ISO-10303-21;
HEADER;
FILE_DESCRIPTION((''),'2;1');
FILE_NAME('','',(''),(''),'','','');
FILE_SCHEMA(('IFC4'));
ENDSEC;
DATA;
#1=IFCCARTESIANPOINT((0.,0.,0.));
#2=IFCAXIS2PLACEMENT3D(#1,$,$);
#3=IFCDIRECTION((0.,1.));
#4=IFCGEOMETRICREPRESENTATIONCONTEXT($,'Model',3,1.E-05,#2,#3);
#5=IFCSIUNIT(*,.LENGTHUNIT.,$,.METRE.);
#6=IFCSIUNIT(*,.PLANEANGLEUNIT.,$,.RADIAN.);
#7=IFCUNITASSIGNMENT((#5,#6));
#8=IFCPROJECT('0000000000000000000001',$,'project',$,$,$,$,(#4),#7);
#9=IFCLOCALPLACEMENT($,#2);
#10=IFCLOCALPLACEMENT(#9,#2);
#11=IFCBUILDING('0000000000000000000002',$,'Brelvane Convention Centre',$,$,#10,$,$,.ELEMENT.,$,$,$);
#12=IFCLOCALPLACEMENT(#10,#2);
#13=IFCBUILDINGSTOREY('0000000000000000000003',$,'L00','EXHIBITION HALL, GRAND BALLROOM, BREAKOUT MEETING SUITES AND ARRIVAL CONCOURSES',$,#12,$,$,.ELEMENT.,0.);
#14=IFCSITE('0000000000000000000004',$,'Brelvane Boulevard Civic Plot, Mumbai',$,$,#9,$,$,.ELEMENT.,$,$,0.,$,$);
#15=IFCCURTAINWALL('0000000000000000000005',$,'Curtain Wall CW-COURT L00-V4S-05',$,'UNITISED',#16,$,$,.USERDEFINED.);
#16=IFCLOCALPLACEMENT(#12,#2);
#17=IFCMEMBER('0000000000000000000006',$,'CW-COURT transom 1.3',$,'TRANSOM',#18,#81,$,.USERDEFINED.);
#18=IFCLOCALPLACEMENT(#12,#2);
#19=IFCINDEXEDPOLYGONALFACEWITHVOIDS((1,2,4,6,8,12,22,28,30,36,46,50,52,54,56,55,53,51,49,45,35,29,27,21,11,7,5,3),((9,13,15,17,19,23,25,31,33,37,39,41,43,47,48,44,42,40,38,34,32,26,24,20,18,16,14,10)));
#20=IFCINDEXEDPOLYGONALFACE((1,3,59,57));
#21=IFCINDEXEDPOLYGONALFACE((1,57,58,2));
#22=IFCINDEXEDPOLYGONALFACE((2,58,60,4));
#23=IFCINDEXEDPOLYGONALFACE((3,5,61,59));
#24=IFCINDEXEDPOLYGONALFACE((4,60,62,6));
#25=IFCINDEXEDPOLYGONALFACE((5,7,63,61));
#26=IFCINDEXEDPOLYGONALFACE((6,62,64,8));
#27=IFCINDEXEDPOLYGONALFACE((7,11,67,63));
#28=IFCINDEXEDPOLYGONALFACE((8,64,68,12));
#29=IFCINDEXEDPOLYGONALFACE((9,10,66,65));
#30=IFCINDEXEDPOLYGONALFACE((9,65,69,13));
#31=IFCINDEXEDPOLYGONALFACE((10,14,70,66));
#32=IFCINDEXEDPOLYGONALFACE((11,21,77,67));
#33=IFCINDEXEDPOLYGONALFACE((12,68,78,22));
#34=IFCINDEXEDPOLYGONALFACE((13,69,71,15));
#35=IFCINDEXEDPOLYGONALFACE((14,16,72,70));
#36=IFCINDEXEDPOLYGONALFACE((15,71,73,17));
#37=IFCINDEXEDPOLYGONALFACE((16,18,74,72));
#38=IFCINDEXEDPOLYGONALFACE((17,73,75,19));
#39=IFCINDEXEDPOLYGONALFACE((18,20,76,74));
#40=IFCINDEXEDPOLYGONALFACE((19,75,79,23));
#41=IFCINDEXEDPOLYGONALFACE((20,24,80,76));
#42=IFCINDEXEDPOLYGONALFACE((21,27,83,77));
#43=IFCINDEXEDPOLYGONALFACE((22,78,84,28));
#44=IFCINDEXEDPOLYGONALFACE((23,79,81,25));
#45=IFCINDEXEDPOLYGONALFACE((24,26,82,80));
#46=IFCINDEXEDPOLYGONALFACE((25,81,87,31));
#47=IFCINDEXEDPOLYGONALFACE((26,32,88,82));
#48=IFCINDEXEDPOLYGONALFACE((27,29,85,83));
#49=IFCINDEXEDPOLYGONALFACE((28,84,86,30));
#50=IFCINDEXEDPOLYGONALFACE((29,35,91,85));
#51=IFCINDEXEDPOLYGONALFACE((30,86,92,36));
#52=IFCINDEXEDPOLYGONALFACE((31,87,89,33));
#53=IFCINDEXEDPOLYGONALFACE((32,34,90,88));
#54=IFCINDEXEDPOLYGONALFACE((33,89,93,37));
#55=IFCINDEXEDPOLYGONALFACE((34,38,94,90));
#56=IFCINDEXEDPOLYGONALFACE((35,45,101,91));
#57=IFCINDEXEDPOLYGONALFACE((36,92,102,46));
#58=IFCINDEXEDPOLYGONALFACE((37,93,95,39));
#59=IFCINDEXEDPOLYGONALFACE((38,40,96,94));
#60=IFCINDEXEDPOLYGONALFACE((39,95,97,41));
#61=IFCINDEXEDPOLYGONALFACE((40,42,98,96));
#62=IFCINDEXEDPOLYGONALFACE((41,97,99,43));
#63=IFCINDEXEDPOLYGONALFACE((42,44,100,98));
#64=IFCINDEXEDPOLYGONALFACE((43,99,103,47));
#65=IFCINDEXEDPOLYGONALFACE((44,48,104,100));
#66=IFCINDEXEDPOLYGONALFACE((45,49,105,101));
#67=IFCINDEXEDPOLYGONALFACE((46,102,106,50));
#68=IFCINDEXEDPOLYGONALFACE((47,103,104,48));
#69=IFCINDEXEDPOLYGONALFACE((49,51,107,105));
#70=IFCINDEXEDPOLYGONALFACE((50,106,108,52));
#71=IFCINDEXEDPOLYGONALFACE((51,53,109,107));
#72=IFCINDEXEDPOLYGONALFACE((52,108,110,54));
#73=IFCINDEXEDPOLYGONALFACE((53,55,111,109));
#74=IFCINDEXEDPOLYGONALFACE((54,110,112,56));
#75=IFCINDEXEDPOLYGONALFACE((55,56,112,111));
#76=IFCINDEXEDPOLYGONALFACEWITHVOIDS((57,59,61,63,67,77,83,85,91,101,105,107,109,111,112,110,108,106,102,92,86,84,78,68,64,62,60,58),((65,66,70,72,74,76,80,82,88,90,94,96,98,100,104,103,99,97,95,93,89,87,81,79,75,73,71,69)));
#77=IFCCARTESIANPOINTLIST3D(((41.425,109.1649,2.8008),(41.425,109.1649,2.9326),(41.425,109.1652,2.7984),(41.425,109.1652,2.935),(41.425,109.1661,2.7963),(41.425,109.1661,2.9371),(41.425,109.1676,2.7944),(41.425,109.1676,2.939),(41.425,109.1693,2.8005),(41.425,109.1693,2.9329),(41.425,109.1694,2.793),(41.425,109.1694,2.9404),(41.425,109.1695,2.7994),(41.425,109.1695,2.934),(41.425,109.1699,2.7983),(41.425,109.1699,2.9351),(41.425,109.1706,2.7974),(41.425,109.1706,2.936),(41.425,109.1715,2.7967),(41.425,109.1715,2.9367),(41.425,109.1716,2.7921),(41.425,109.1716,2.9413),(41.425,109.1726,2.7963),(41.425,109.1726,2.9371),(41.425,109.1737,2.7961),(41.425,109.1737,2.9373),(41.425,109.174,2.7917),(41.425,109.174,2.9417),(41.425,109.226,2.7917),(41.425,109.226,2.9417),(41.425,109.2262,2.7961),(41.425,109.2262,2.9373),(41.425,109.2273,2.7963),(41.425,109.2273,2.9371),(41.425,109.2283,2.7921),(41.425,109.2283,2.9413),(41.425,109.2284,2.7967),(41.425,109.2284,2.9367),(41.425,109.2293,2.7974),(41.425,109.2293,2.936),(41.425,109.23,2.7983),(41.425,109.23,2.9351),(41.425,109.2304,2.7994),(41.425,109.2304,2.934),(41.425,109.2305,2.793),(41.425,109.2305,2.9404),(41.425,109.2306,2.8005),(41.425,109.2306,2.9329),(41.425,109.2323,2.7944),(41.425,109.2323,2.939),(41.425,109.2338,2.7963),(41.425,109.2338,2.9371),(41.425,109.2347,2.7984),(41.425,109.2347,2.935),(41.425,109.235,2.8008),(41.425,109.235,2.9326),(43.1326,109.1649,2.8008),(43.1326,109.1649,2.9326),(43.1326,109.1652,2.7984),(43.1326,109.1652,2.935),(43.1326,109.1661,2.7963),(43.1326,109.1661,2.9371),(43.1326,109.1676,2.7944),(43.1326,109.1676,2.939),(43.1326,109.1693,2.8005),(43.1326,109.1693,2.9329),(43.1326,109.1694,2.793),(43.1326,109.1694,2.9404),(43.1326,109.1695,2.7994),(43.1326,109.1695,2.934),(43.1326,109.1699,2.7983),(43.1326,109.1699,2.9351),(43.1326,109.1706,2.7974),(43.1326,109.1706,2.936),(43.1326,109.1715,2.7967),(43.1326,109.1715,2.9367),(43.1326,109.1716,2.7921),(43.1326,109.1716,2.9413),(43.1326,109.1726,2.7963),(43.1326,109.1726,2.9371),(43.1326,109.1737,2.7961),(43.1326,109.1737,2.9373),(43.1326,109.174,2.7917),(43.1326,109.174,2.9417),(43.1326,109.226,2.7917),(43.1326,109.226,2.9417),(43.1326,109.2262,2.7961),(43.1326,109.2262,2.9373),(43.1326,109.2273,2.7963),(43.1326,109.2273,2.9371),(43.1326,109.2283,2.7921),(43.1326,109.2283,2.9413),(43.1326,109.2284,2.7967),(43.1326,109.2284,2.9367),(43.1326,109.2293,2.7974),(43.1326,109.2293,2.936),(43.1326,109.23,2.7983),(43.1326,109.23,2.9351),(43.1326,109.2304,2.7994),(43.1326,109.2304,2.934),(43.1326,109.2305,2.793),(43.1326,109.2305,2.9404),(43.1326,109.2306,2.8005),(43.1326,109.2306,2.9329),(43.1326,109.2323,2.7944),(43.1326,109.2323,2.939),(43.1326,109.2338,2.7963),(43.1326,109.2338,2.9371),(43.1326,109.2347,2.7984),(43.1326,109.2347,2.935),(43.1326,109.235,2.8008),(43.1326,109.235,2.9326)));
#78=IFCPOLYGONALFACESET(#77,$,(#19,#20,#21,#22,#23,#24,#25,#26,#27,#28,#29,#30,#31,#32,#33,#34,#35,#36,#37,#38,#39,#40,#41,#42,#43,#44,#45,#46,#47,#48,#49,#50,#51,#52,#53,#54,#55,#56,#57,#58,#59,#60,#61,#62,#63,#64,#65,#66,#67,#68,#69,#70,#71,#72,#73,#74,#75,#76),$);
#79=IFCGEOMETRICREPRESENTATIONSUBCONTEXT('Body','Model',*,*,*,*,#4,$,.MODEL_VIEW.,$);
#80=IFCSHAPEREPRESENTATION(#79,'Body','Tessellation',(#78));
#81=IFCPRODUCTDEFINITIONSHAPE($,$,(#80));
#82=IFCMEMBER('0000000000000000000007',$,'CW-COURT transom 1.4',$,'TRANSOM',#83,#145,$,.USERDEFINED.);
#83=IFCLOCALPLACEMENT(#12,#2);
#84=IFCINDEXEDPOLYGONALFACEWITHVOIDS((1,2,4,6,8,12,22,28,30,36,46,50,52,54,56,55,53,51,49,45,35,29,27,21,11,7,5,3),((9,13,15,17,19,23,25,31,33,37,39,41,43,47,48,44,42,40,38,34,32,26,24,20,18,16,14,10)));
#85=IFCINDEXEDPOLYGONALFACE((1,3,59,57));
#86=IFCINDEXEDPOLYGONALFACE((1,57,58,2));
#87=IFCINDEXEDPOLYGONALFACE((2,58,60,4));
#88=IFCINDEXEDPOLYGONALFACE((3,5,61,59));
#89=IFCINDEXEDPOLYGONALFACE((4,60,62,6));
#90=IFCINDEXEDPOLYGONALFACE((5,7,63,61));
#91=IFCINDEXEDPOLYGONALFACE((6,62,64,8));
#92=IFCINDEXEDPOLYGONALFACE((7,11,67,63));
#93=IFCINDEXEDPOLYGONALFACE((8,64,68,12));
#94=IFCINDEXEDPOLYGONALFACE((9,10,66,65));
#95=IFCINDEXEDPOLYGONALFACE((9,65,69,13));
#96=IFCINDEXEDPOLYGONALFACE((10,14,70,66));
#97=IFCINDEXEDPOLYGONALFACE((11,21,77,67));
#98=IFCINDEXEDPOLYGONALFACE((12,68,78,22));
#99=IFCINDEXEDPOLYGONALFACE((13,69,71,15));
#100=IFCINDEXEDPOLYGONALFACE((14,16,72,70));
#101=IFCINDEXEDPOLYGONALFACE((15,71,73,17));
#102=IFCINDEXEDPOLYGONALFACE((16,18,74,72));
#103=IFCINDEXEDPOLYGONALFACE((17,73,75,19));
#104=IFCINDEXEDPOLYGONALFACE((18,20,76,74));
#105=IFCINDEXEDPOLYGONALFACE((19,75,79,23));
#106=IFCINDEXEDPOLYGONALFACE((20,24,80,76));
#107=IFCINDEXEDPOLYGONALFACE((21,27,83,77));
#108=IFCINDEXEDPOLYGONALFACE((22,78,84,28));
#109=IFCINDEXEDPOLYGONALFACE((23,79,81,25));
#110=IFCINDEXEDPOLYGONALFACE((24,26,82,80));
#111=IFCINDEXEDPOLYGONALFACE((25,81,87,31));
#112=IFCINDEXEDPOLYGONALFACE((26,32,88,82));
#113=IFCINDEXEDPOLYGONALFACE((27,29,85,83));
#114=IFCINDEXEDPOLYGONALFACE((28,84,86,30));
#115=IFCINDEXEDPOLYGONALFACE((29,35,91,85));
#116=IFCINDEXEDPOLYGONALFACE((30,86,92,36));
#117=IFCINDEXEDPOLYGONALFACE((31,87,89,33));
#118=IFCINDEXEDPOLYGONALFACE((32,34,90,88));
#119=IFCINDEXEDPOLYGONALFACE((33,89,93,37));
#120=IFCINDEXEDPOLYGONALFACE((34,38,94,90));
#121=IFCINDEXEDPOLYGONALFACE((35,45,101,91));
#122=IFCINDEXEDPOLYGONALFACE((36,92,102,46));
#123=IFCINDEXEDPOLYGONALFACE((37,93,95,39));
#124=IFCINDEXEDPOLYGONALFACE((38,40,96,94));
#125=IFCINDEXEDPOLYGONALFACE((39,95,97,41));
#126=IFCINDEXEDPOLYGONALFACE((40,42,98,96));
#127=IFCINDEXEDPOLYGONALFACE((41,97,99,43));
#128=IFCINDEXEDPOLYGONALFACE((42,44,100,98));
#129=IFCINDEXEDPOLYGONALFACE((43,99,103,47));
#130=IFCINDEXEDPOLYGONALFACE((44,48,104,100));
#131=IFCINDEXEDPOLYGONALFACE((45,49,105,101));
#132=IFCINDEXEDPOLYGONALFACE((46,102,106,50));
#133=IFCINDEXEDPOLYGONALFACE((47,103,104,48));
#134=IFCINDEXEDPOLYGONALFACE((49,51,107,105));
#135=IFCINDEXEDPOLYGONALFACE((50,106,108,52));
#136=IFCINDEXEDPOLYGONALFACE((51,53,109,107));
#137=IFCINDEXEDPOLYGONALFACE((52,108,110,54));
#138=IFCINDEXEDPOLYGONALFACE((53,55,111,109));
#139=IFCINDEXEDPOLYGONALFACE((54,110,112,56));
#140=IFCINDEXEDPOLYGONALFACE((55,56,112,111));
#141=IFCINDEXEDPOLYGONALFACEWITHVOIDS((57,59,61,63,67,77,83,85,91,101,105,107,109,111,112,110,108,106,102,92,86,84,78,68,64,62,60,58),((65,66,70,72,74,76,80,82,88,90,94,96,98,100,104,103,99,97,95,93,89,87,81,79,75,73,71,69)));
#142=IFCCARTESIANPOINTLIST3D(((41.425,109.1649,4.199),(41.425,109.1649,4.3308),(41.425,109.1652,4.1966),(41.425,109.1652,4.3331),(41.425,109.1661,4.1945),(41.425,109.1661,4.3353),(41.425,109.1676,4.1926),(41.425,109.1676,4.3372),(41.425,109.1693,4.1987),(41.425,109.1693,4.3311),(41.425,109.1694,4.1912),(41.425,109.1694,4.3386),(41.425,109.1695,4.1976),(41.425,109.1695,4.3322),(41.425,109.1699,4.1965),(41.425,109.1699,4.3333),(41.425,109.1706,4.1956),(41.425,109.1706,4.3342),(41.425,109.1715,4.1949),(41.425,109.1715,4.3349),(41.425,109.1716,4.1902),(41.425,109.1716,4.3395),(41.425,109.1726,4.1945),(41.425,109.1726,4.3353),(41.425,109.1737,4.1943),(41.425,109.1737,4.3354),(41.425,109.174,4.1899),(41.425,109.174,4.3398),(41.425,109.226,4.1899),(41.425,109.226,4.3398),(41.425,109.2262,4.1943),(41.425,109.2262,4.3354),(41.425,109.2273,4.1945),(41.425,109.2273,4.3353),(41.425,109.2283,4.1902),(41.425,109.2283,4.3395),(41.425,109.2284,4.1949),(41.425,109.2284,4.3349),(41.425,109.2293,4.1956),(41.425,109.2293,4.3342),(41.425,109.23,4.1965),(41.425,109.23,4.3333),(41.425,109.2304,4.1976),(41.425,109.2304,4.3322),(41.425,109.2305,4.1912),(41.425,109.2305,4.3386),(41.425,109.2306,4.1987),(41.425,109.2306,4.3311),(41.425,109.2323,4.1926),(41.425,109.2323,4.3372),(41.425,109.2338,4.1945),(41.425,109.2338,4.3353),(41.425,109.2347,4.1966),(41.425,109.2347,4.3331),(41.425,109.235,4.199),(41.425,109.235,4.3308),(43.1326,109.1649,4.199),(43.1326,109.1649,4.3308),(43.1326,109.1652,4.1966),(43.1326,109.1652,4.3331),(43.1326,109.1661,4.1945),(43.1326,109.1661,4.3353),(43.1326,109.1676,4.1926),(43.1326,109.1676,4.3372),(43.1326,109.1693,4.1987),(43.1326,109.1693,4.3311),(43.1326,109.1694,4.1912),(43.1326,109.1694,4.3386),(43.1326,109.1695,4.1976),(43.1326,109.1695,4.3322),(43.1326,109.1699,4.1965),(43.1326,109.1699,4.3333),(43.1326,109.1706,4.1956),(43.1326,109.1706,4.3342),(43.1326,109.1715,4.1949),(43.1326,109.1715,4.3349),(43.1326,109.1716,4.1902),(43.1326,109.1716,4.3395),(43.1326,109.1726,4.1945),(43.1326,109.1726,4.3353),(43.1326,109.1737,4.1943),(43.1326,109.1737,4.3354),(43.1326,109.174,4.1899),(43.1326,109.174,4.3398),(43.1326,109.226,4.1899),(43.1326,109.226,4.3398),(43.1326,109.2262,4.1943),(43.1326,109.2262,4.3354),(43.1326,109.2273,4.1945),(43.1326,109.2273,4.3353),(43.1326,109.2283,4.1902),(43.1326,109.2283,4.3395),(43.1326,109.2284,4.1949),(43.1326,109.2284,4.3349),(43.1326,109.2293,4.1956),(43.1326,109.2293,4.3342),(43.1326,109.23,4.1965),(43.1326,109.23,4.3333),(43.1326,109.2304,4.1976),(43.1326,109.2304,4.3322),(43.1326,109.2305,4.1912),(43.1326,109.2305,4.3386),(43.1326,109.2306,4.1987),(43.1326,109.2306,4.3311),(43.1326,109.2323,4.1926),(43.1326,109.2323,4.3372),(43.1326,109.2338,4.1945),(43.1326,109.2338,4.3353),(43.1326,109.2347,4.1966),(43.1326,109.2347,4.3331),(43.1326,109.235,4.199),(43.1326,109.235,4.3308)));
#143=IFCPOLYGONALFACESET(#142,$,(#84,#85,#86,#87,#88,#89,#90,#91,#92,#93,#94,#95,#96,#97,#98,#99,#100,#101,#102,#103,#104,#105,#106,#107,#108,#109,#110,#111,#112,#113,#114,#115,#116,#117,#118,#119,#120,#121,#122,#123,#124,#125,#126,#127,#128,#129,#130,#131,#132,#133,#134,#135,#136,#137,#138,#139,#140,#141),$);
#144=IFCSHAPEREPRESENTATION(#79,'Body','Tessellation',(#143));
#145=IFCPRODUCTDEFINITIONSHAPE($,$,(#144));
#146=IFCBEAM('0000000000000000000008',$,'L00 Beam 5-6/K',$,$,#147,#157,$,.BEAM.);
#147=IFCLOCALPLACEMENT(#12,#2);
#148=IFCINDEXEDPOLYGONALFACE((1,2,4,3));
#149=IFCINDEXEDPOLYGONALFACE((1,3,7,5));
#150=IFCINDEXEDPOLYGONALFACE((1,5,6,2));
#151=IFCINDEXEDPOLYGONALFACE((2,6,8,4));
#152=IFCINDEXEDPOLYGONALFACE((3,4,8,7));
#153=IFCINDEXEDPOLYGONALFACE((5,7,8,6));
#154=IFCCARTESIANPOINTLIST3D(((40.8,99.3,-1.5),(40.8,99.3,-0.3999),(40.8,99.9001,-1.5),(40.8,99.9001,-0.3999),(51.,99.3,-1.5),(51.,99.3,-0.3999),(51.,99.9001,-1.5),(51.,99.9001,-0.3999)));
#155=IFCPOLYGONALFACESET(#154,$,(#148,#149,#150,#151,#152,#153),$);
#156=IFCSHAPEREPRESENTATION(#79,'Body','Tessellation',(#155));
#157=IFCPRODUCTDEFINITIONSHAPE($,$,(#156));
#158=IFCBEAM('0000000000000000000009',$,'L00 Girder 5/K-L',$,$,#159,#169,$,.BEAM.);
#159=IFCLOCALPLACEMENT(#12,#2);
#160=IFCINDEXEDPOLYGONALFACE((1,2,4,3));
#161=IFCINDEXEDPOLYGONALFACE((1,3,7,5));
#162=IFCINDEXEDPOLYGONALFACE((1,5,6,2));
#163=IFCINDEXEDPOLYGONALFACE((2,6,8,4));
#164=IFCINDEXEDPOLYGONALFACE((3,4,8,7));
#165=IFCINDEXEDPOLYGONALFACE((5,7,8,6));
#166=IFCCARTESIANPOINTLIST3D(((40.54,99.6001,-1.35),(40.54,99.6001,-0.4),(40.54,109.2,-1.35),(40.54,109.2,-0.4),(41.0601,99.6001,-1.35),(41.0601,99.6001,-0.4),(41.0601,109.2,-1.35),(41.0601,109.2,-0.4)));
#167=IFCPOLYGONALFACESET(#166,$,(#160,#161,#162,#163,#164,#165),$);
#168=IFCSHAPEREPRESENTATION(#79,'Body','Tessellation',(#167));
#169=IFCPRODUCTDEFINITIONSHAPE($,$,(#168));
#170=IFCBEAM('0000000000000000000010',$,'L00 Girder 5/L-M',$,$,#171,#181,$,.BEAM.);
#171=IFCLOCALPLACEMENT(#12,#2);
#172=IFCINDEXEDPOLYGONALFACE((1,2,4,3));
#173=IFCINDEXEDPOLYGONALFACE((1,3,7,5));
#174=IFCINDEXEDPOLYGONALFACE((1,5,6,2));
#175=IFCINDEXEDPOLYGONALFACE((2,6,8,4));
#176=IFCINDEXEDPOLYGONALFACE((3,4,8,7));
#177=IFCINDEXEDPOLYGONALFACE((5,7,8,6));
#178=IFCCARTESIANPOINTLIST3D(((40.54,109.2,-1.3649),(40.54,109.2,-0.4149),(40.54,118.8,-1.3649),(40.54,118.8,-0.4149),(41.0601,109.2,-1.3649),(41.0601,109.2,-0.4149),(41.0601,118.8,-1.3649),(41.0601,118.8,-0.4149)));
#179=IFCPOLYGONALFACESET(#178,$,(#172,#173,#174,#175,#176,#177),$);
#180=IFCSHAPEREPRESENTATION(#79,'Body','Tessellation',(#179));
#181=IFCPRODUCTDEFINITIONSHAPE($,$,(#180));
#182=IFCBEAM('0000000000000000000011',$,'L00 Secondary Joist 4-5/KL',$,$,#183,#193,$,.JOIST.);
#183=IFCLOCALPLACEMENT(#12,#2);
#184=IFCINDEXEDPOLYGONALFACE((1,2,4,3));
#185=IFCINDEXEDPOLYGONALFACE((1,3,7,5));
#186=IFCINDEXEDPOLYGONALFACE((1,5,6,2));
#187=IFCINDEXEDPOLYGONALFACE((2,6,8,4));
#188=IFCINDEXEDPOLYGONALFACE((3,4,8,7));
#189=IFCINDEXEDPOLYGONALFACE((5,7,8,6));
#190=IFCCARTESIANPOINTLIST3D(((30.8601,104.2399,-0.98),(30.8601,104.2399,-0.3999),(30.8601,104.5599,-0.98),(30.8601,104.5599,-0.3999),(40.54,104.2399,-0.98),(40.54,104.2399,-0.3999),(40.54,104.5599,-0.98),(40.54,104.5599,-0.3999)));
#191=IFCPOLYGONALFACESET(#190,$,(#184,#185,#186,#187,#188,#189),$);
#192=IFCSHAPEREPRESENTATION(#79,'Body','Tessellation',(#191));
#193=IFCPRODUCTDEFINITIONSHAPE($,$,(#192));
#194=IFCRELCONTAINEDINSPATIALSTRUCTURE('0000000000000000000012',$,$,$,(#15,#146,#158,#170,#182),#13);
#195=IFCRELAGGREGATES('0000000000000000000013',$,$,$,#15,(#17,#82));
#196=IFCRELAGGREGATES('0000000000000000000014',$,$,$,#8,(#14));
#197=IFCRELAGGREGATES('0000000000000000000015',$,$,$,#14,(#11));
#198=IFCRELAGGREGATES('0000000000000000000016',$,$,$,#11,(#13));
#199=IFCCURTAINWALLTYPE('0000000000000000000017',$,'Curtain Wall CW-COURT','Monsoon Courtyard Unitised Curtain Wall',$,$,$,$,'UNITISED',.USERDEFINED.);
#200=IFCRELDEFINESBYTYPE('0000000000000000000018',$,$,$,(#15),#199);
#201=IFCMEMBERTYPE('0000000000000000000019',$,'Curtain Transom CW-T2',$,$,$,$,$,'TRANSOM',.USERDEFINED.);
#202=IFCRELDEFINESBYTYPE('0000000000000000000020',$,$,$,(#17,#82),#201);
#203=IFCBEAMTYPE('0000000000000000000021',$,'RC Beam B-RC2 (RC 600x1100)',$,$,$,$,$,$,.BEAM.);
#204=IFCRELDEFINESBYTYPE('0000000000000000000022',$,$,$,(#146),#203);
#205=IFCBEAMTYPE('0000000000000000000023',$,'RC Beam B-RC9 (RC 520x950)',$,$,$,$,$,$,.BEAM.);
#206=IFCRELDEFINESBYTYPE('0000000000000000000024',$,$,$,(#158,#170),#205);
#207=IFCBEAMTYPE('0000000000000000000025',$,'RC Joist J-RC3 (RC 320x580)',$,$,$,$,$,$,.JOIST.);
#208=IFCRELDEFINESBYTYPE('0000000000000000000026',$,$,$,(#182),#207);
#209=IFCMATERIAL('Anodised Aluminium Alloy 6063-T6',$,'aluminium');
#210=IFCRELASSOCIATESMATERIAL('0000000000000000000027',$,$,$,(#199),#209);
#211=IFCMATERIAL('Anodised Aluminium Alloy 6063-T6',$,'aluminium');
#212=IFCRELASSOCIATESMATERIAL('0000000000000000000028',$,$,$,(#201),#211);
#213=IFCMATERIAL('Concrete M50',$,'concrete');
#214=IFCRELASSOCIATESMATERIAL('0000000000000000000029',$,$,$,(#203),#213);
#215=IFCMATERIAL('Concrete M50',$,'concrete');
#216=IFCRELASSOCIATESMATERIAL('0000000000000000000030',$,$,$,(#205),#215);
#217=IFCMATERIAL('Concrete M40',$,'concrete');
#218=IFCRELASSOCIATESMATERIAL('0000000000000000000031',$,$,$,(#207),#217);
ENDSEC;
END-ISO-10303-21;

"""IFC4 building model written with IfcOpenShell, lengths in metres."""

from ifc_helpers import new_model, si_unit, direction, frame, origin, origin_2d, place, context, subcontext, project, spatial, rectangle, hollow_rectangle, extrude, material, material_profile, profile_set, type_object, element, aggregate, save


model = new_model("IFC4")

# Units and contexts
model_context = context("Model", 3, precision=1e-05, world=origin(), true_north=direction((0.0, 1.0)))
body_context = subcontext(model_context, "Body", "Model", "MODEL_VIEW")
ifc_project = project(units=[si_unit("LENGTHUNIT", "METRE"), si_unit("PLANEANGLEUNIT", "RADIAN")], contexts=[model_context])

# Site, building, storey
site_placement = place(None, origin())
site = spatial("IfcSite", under=ifc_project, at=site_placement, Name="Brelvane Boulevard Civic Plot, Mumbai", CompositionType="ELEMENT", RefElevation=0.0)
building_placement = place(site_placement, origin())
building = spatial("IfcBuilding", under=site, at=building_placement, Name="Brelvane Convention Centre", CompositionType="ELEMENT")
storey_placement = place(building_placement, origin())
storey = spatial("IfcBuildingStorey", under=building, at=storey_placement, Name="L00", Description="EXHIBITION HALL, GRAND BALLROOM, BREAKOUT MEETING SUITES AND ARRIVAL CONCOURSES", CompositionType="ELEMENT", Elevation=0.0)

# Curtain wall, members
ifc_material_1 = material(Name="Anodised Aluminium Alloy 6063-T6", Category="aluminium")
curtain_wall_type = type_object("IfcCurtainWallType", Name="Curtain Wall CW-COURT", Description="Monsoon Courtyard Unitised Curtain Wall", ElementType="UNITISED", PredefinedType="USERDEFINED", material=ifc_material_1)
curtain_wall_placement = place(storey_placement, origin())
curtain_wall = element("IfcCurtainWall", 1, at=curtain_wall_placement, inside=storey, type_object=curtain_wall_type, Name="Curtain Wall CW-COURT L00-V4S-05", ObjectType="UNITISED", PredefinedType="USERDEFINED")
ifc_material_2 = material(Name="Anodised Aluminium Alloy 6063-T6", Category="aluminium")
ifc_material_profile_1 = material_profile(ifc_material_2, hollow_rectangle(XDim=0.0701, YDim=0.1499, WallThickness=0.0044, InnerFilletRadius=0.0044, OuterFilletRadius=0.009, at=origin_2d()), Name="ALU-T 150x70x4.5")
ifc_profile_set_1 = profile_set([ifc_material_profile_1], Name="Anodised Aluminium Alloy 6063-T6")
member_type_1 = type_object("IfcMemberType", Name="Curtain Transom CW-T2", ElementType="TRANSOM", PredefinedType="USERDEFINED", material=ifc_profile_set_1)
member_1_placement = place(storey_placement, frame((41.425, 109.2, 2.8667), z_axis=(1.0, 0.0, 0.0), x_axis=(0.0, 1.0, 0.0)))
member_1 = element("IfcMember", 2, at=member_1_placement, type_object=member_type_1, Name="CW-COURT transom 1.3", ObjectType="TRANSOM", PredefinedType="USERDEFINED", context=body_context, shape_type="SweptSolid", body=[
    extrude(hollow_rectangle(XDim=0.0701, YDim=0.1499, WallThickness=0.0044, InnerFilletRadius=0.0044, OuterFilletRadius=0.009, at=origin_2d()), origin(), (0.0, 0.0, 1.0), 1.7075),
])
member_2_placement = place(storey_placement, frame((41.425, 109.2, 4.2649), z_axis=(1.0, 0.0, 0.0), x_axis=(0.0, 1.0, 0.0)))
member_2 = element("IfcMember", 3, at=member_2_placement, type_object=member_type_1, Name="CW-COURT transom 1.4", ObjectType="TRANSOM", PredefinedType="USERDEFINED", context=body_context, shape_type="SweptSolid", body=[
    extrude(hollow_rectangle(XDim=0.0701, YDim=0.1499, WallThickness=0.0044, InnerFilletRadius=0.0044, OuterFilletRadius=0.009, at=origin_2d()), origin(), (0.0, 0.0, 1.0), 1.7075),
])

# Beams
ifc_material_3 = material(Name="Concrete M50", Category="concrete")
ifc_material_profile_2 = material_profile(ifc_material_3, rectangle(XDim=0.6001, YDim=1.1001, at=origin_2d()), Name="RC 600x1100")
ifc_profile_set_2 = profile_set([ifc_material_profile_2], Name="Concrete M50")
beam_type_1 = type_object("IfcBeamType", Name="RC Beam B-RC2 (RC 600x1100)", PredefinedType="BEAM", material=ifc_profile_set_2)
beam_1_placement = place(storey_placement, frame((40.8, 99.6001, -0.95), z_axis=(1.0, 0.0, 0.0), x_axis=(0.0, 1.0, 0.0)))
element("IfcBeam", 4, at=beam_1_placement, inside=storey, type_object=beam_type_1, Name="L00 Beam 5-6/K", PredefinedType="BEAM", context=body_context, shape_type="SweptSolid", body=[
    extrude(rectangle(XDim=0.6001, YDim=1.1001, at=origin_2d()), origin(), (0.0, 0.0, 1.0), 10.2),
])
ifc_material_4 = material(Name="Concrete M50", Category="concrete")
ifc_material_profile_3 = material_profile(ifc_material_4, rectangle(XDim=0.52, YDim=0.95, at=origin_2d()), Name="RC 520x950")
ifc_profile_set_3 = profile_set([ifc_material_profile_3], Name="Concrete M50")
beam_type_2 = type_object("IfcBeamType", Name="RC Beam B-RC9 (RC 520x950)", PredefinedType="BEAM", material=ifc_profile_set_3)
beam_2_placement = place(storey_placement, frame((40.8, 99.6001, -0.875), z_axis=(0.0, 1.0, 0.0), x_axis=(-1.0, 0.0, 0.0)))
element("IfcBeam", 5, at=beam_2_placement, inside=storey, type_object=beam_type_2, Name="L00 Girder 5/K-L", PredefinedType="BEAM", context=body_context, shape_type="SweptSolid", body=[
    extrude(rectangle(XDim=0.52, YDim=0.95, at=origin_2d()), origin(), (0.0, 0.0, 1.0), 9.5999),
])
beam_3_placement = place(storey_placement, frame((40.8, 109.2, -0.8899), z_axis=(0.0, 1.0, 0.0), x_axis=(-1.0, 0.0, 0.0)))
element("IfcBeam", 6, at=beam_3_placement, inside=storey, type_object=beam_type_2, Name="L00 Girder 5/L-M", PredefinedType="BEAM", context=body_context, shape_type="SweptSolid", body=[
    extrude(rectangle(XDim=0.52, YDim=0.95, at=origin_2d()), origin(), (0.0, 0.0, 1.0), 9.6001),
])
ifc_material_5 = material(Name="Concrete M40", Category="concrete")
ifc_material_profile_4 = material_profile(ifc_material_5, rectangle(XDim=0.3201, YDim=0.5801, at=origin_2d()), Name="RC 320x580")
ifc_profile_set_4 = profile_set([ifc_material_profile_4], Name="Concrete M40")
beam_type_3 = type_object("IfcBeamType", Name="RC Joist J-RC3 (RC 320x580)", PredefinedType="JOIST", material=ifc_profile_set_4)
for number, where, z_axis, x_axis, name in (
    (7, (30.8601, 104.3999, -0.6899), (1.0, 0.0, 0.0), (0.0, 1.0, 0.0), "L00 Secondary Joist 4-5/KL"),
):
    element("IfcBeam", number, at=place(storey_placement, frame(where, z_axis=z_axis, x_axis=x_axis)), inside=storey, type_object=beam_type_3, Name=name, PredefinedType="JOIST", context=body_context, shape_type="SweptSolid", body=[
        extrude(rectangle(XDim=0.3201, YDim=0.5801, at=origin_2d()), origin(), (0.0, 0.0, 1.0), 9.6799),
    ])

aggregate(curtain_wall, [member_1, member_2])

save(model, "model.ifc")
